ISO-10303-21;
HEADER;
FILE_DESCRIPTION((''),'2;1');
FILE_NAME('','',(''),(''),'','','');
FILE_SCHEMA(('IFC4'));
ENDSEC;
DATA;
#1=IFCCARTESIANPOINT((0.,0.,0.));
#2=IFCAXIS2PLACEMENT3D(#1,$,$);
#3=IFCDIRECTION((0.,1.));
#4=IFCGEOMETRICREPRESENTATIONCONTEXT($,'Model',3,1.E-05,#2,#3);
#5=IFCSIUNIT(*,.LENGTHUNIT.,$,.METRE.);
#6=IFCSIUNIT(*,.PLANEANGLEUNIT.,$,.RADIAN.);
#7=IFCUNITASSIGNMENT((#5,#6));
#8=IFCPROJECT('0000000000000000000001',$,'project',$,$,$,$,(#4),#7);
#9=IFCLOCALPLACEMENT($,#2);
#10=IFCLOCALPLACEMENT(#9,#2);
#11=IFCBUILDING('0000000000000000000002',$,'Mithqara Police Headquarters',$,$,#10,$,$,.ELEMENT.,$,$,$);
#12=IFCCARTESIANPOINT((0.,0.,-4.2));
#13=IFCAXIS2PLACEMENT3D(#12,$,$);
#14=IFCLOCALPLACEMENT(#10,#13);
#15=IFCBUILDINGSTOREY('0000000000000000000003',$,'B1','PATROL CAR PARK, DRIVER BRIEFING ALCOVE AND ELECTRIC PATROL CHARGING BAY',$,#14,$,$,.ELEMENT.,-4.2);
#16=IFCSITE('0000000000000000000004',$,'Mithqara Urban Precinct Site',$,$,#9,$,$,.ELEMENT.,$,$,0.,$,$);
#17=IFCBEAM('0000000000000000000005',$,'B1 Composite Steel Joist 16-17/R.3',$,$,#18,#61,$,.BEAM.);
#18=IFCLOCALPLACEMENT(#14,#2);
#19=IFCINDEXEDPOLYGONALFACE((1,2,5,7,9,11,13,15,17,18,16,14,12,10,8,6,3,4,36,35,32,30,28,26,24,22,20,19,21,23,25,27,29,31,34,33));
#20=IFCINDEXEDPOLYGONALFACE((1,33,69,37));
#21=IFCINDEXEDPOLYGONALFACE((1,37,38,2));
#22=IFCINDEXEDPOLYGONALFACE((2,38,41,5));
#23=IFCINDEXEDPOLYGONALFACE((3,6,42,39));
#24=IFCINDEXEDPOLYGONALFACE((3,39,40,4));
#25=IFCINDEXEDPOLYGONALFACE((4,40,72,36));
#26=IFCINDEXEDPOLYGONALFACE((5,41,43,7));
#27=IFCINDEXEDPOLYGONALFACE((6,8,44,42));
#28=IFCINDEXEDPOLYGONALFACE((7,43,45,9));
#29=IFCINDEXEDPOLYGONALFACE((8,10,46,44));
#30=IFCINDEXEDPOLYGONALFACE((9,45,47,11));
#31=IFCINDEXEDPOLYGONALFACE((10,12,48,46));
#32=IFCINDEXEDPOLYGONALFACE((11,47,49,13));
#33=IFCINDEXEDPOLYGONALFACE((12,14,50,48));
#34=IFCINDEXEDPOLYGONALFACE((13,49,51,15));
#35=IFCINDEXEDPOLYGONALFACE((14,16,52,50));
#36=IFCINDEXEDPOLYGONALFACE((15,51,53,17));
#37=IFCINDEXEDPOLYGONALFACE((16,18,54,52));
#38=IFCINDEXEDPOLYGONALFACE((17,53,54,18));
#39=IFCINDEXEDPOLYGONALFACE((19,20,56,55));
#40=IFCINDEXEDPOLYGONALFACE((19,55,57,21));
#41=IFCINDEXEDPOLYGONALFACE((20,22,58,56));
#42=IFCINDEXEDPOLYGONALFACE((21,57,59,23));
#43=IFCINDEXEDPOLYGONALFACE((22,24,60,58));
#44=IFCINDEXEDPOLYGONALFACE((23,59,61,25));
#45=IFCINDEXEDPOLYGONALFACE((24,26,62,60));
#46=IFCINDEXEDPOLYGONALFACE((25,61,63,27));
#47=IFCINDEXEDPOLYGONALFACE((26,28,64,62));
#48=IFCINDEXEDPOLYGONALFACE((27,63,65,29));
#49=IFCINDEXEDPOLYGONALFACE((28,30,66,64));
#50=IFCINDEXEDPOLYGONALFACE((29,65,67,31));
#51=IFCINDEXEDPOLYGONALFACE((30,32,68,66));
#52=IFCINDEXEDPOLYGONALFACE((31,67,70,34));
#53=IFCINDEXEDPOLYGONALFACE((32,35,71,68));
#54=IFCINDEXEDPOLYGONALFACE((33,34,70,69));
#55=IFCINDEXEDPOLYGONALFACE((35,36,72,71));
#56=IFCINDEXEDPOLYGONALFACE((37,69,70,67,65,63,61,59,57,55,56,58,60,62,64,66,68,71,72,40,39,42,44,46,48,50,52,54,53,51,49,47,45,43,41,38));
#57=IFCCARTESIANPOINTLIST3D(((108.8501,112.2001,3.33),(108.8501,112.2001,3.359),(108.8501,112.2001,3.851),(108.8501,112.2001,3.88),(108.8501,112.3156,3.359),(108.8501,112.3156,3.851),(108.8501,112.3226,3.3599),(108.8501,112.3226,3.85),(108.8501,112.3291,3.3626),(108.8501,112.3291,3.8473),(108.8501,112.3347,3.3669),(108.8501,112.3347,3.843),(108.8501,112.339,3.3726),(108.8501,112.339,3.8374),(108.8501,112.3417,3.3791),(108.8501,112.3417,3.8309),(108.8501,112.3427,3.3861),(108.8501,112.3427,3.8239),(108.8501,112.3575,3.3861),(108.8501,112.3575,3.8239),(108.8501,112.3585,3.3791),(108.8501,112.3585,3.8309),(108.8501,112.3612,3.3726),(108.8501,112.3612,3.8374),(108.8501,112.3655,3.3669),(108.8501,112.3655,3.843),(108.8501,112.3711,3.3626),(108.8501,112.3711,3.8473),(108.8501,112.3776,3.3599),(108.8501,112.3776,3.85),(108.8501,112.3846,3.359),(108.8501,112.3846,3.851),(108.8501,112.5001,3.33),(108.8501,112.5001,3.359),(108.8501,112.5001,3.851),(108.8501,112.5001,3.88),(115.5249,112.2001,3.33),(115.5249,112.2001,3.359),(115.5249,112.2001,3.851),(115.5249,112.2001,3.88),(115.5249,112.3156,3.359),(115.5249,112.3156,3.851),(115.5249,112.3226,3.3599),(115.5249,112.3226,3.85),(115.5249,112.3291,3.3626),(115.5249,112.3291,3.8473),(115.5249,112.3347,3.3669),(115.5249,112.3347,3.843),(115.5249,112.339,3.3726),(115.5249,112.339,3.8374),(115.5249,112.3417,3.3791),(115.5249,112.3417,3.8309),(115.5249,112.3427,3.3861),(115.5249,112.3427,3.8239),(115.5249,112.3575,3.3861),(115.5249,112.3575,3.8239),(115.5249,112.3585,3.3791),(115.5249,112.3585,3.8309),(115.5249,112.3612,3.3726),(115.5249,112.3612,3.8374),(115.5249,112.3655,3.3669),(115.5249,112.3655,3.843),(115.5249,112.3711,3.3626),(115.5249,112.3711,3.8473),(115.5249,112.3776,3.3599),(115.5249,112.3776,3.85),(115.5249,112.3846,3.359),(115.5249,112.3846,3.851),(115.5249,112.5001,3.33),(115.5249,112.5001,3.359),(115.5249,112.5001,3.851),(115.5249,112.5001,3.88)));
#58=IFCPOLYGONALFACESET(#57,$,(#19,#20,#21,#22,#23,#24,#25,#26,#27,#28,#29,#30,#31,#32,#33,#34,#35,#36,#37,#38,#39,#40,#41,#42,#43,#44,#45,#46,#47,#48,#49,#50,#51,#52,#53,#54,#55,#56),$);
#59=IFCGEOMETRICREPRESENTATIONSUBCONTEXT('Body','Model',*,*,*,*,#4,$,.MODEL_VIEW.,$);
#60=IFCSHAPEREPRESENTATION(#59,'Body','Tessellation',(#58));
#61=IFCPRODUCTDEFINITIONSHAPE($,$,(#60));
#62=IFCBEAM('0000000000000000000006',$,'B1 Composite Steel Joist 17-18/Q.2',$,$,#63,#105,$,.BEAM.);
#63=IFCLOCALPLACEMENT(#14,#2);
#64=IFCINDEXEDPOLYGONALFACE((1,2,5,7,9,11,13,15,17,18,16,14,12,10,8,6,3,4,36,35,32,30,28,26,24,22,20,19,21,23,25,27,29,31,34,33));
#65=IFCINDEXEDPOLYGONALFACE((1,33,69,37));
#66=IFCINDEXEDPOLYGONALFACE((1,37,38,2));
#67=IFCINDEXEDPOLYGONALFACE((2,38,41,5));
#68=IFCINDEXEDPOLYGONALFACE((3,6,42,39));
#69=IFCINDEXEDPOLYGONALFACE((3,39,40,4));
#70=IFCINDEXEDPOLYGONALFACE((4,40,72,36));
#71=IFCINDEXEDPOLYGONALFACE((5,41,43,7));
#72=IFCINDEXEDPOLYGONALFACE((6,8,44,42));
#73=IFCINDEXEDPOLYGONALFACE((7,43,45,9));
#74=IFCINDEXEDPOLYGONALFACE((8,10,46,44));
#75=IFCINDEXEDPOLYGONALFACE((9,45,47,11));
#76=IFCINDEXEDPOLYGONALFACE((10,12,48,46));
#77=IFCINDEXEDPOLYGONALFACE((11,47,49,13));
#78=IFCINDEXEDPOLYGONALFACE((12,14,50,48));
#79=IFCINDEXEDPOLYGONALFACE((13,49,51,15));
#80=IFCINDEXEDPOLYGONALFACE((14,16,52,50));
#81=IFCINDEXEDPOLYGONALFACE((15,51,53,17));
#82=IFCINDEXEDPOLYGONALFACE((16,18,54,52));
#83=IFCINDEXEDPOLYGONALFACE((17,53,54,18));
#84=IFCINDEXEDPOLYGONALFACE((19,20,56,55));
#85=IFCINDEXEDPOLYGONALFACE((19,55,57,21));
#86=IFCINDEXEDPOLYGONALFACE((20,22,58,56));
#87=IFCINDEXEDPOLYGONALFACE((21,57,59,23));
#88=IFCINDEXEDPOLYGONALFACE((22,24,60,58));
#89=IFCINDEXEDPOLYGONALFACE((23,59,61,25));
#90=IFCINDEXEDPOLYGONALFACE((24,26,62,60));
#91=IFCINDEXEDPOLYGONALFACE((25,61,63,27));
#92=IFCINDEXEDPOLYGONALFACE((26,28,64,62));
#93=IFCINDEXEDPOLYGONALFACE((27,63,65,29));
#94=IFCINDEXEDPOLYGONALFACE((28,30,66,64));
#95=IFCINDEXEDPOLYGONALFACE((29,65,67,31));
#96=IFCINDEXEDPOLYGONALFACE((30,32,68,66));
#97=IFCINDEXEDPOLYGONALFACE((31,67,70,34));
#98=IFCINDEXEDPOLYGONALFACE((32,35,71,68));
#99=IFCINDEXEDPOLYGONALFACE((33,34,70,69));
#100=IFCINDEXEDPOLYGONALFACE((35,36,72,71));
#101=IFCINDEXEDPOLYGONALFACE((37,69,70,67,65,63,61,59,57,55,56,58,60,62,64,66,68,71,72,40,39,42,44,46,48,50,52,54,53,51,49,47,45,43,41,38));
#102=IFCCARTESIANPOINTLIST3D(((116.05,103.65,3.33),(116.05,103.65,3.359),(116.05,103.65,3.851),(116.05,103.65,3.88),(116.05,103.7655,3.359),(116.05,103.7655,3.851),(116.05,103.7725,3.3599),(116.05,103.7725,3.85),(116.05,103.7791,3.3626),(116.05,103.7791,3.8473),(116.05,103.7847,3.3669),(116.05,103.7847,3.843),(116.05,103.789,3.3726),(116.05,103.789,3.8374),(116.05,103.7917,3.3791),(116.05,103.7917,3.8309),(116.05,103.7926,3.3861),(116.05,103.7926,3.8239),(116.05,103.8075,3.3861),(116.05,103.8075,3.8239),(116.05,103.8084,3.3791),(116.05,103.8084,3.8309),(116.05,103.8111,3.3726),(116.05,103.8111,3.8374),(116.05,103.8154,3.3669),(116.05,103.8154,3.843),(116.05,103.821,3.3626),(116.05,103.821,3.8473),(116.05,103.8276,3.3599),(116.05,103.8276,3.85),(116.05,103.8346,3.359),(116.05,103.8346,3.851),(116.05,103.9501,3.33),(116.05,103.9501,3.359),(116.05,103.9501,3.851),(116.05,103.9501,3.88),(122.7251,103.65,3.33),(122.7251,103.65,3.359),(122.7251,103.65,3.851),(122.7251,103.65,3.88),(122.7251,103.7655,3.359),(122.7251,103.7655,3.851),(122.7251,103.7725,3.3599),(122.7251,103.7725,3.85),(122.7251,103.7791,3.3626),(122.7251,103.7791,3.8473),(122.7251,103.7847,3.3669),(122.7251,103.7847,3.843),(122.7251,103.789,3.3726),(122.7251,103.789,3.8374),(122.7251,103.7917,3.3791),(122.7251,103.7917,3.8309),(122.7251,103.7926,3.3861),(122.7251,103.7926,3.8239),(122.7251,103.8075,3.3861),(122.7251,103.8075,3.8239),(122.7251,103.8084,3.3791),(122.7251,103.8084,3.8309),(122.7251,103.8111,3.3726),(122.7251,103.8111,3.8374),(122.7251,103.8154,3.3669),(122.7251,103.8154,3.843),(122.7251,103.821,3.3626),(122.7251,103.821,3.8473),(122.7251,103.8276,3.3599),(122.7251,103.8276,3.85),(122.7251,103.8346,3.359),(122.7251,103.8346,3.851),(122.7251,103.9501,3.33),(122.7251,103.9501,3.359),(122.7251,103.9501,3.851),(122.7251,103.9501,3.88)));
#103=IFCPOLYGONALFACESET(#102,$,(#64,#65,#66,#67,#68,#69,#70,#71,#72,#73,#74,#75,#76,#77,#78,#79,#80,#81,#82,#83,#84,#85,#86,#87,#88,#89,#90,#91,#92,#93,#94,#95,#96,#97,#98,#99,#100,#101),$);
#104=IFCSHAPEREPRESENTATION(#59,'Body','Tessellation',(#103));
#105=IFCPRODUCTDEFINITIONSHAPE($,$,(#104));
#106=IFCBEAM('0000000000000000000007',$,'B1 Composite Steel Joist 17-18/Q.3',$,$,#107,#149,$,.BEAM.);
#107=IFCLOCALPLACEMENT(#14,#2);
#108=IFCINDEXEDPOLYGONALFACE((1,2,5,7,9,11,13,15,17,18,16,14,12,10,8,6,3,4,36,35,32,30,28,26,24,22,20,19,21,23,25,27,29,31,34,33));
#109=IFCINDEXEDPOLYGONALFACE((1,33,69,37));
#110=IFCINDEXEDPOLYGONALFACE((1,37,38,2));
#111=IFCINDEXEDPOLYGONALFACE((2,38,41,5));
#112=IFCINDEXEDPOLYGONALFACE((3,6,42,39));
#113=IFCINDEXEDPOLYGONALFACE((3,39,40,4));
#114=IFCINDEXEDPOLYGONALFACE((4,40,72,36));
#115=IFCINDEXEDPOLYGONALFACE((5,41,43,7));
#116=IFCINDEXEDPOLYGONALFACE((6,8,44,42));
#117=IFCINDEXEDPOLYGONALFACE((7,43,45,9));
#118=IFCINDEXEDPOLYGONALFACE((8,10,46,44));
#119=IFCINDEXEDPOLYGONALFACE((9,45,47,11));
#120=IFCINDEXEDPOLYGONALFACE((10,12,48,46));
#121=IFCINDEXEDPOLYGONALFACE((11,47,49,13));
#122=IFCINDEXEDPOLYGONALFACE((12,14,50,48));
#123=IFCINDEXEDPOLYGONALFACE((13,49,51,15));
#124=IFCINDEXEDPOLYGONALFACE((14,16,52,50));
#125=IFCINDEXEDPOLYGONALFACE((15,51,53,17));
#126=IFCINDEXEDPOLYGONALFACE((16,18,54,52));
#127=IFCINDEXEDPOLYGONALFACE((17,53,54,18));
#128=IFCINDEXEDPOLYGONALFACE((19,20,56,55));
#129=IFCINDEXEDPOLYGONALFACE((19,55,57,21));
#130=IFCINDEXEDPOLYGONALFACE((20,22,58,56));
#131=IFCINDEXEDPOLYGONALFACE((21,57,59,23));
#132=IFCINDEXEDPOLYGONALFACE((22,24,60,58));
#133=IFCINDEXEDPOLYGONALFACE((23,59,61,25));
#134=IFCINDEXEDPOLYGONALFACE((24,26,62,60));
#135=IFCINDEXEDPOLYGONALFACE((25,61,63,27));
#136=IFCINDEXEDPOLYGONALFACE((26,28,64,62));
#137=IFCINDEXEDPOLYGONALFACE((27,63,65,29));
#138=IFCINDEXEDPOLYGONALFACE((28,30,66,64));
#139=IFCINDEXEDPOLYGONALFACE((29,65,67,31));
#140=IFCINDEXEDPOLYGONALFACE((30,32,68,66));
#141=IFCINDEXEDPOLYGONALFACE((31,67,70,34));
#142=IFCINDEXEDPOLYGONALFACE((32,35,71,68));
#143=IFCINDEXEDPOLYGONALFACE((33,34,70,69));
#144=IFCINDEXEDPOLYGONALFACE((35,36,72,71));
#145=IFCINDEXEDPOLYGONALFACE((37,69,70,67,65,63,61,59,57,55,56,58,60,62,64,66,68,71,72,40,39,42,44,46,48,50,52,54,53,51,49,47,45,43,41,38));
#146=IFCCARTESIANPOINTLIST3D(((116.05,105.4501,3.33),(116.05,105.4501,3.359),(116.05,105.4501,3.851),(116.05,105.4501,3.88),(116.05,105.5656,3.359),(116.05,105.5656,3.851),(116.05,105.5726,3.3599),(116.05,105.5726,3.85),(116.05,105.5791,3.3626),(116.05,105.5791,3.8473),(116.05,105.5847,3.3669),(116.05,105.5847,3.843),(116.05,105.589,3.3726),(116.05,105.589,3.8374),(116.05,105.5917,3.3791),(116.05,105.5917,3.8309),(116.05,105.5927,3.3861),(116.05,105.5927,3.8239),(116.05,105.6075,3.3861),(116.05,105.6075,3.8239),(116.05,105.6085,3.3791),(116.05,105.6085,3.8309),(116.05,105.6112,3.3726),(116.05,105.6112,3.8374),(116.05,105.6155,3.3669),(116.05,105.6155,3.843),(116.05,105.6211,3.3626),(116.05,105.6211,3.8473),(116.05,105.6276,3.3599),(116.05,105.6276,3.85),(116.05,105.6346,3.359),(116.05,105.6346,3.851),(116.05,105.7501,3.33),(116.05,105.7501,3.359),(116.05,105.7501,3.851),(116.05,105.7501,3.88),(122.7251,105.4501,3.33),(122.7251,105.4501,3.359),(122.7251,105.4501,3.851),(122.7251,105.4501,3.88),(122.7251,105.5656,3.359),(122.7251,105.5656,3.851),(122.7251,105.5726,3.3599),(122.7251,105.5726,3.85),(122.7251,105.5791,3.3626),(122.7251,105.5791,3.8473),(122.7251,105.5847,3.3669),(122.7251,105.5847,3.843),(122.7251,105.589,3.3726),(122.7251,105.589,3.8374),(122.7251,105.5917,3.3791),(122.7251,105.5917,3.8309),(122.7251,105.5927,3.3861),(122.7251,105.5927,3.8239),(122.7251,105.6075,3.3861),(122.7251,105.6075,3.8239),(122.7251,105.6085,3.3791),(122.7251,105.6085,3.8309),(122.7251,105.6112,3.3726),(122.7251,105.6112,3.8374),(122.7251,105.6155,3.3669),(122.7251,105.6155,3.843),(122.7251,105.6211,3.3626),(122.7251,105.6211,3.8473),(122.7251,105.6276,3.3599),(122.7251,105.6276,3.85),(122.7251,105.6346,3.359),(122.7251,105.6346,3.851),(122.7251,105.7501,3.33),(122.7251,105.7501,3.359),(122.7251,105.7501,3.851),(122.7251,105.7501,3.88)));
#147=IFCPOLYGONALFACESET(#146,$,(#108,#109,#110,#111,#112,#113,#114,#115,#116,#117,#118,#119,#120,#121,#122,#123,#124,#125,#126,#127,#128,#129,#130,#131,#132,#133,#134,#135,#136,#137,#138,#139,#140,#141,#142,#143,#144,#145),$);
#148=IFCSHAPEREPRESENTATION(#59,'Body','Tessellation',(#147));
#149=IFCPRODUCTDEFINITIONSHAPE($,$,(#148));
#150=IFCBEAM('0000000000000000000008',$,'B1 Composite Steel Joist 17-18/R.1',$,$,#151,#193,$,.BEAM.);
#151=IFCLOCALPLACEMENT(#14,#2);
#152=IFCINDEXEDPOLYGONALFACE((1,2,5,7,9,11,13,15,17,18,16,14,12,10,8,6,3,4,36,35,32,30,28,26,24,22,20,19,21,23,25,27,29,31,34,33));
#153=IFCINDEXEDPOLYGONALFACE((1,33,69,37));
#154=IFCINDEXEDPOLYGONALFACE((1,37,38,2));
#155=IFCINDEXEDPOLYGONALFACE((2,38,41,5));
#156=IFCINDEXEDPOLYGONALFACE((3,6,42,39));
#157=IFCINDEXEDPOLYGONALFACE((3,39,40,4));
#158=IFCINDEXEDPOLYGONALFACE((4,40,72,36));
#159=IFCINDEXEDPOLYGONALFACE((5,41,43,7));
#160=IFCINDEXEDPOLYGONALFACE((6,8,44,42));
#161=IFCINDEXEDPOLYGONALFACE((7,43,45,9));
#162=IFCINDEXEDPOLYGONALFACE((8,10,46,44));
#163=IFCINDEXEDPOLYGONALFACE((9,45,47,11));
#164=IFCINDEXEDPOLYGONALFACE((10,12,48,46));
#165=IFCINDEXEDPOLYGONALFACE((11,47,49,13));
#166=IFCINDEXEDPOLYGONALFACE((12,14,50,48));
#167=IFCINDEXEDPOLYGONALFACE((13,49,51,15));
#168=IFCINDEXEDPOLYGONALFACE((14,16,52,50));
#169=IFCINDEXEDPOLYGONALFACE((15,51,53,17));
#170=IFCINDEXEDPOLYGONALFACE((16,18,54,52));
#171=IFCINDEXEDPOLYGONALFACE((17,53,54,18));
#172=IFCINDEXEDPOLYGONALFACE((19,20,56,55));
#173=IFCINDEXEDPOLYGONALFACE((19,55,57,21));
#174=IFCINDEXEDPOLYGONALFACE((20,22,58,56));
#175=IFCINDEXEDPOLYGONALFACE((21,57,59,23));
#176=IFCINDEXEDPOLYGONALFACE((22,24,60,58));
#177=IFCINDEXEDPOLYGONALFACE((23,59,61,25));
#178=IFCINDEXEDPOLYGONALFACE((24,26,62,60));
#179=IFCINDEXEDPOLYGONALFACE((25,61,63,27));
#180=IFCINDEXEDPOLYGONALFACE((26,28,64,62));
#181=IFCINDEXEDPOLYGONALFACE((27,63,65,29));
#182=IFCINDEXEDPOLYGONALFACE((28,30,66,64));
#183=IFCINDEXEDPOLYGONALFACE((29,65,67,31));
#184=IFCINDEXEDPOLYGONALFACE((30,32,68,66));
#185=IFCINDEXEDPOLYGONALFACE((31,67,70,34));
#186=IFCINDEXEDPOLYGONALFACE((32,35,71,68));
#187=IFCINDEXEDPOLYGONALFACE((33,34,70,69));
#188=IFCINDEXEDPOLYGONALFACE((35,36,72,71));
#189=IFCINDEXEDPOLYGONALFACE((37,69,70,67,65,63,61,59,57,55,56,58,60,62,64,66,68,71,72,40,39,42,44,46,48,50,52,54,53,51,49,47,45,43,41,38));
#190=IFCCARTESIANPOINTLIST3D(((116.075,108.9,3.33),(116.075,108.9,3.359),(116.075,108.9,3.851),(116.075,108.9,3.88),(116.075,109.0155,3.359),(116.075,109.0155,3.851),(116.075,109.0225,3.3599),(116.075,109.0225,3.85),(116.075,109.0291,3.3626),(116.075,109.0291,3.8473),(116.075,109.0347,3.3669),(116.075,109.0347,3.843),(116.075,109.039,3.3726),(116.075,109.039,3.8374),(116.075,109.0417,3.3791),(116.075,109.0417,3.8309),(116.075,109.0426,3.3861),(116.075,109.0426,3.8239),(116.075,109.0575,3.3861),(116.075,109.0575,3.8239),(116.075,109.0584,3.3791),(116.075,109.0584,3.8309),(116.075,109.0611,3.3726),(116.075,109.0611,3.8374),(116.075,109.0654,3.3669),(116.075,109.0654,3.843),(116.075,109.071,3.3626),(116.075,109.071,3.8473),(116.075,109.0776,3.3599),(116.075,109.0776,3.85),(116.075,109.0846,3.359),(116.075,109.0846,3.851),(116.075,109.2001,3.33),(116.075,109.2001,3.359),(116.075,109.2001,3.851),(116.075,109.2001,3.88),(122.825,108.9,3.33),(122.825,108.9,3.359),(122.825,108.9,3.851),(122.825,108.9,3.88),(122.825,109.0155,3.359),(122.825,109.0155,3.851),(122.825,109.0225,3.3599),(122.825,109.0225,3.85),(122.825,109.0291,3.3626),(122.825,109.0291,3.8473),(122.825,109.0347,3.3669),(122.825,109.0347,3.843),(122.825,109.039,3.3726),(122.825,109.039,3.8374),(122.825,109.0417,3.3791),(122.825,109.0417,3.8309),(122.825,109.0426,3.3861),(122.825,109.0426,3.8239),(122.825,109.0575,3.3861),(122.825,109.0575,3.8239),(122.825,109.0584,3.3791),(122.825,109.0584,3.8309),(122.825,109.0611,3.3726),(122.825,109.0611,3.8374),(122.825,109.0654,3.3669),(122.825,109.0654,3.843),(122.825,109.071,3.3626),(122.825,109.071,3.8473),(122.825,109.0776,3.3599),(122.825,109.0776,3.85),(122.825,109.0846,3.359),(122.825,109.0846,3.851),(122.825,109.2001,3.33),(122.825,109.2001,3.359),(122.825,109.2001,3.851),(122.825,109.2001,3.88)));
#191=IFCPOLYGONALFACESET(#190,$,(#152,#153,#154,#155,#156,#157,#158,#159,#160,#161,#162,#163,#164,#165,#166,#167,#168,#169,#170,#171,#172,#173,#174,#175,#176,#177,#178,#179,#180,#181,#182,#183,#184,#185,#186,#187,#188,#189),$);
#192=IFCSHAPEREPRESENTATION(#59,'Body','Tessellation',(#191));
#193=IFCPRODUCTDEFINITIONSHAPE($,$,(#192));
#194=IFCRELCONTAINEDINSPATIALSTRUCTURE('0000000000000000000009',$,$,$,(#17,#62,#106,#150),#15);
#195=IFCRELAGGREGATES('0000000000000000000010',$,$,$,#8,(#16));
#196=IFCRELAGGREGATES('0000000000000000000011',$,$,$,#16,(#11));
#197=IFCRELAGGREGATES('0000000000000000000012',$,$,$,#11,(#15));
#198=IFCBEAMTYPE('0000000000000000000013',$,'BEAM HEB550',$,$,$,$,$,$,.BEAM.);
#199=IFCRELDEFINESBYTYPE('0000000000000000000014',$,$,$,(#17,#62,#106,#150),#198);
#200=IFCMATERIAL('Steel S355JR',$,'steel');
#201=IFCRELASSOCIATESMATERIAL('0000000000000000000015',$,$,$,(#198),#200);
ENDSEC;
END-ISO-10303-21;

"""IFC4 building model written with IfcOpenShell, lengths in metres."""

from ifc_helpers import new_model, si_unit, direction, frame, origin, origin_2d, place, context, subcontext, project, spatial, i_section, extrude, material, material_profile, profile_set, type_object, element, save


model = new_model("IFC4")

# Units and contexts
model_context = context("Model", 3, precision=1e-05, world=origin(), true_north=direction((0.0, 1.0)))
body_context = subcontext(model_context, "Body", "Model", "MODEL_VIEW")
ifc_project = project(units=[si_unit("LENGTHUNIT", "METRE"), si_unit("PLANEANGLEUNIT", "RADIAN")], contexts=[model_context])

# Site, building, storey
site_placement = place(None, origin())
site = spatial("IfcSite", under=ifc_project, at=site_placement, Name="Mithqara Urban Precinct Site", CompositionType="ELEMENT", RefElevation=0.0)
building_placement = place(site_placement, origin())
building = spatial("IfcBuilding", under=site, at=building_placement, Name="Mithqara Police Headquarters", CompositionType="ELEMENT")
storey_placement = place(building_placement, frame((0.0, 0.0, -4.2)))
storey = spatial("IfcBuildingStorey", under=building, at=storey_placement, Name="B1", Description="PATROL CAR PARK, DRIVER BRIEFING ALCOVE AND ELECTRIC PATROL CHARGING BAY", CompositionType="ELEMENT", Elevation=-4.2)

# Beams
ifc_material_1 = material(Name="Steel S355JR", Category="steel")
ifc_material_profile_1 = material_profile(ifc_material_1, i_section(OverallWidth=0.3, OverallDepth=0.55, WebThickness=0.0149, FlangeThickness=0.0291, FilletRadius=0.0271, at=origin_2d()), Name="HEB 550")
ifc_profile_set_1 = profile_set([ifc_material_profile_1], Name="Steel S355JR")
beam_type_1 = type_object("IfcBeamType", Name="BEAM HEB550", PredefinedType="BEAM", material=ifc_profile_set_1)
for number, where, z_axis, x_axis, name in (
    (1, (108.8501, 112.3501, 3.605), (1.0, 0.0, 0.0), (0.0, 1.0, 0.0), "B1 Composite Steel Joist 16-17/R.3"),
):
    element("IfcBeam", number, at=place(storey_placement, frame(where, z_axis=z_axis, x_axis=x_axis)), inside=storey, type_object=beam_type_1, Name=name, PredefinedType="BEAM", context=body_context, shape_type="SweptSolid", body=[
        extrude(i_section(OverallWidth=0.3, OverallDepth=0.55, WebThickness=0.0149, FlangeThickness=0.0291, FilletRadius=0.0271, at=origin_2d()), origin(), (0.0, 0.0, 1.0), 6.6748),
    ])
for number, where, z_axis, x_axis, name in (
    (2, (116.05, 103.8, 3.605), (1.0, 0.0, 0.0), (0.0, 1.0, 0.0), "B1 Composite Steel Joist 17-18/Q.2"),
    (3, (116.05, 105.6001, 3.605), (1.0, 0.0, 0.0), (0.0, 1.0, 0.0), "B1 Composite Steel Joist 17-18/Q.3"),
):
    element("IfcBeam", number, at=place(storey_placement, frame(where, z_axis=z_axis, x_axis=x_axis)), inside=storey, type_object=beam_type_1, Name=name, PredefinedType="BEAM", context=body_context, shape_type="SweptSolid", body=[
        extrude(i_section(OverallWidth=0.3, OverallDepth=0.55, WebThickness=0.0149, FlangeThickness=0.0291, FilletRadius=0.0271, at=origin_2d()), origin(), (0.0, 0.0, 1.0), 6.675),
    ])
for number, where, z_axis, x_axis, name in (
    (4, (116.075, 109.05, 3.605), (1.0, 0.0, 0.0), (0.0, 1.0, 0.0), "B1 Composite Steel Joist 17-18/R.1"),
):
    element("IfcBeam", number, at=place(storey_placement, frame(where, z_axis=z_axis, x_axis=x_axis)), inside=storey, type_object=beam_type_1, Name=name, PredefinedType="BEAM", context=body_context, shape_type="SweptSolid", body=[
        extrude(i_section(OverallWidth=0.3, OverallDepth=0.55, WebThickness=0.0149, FlangeThickness=0.0291, FilletRadius=0.0271, at=origin_2d()), origin(), (0.0, 0.0, 1.0), 6.75),
    ])

save(model, "model.ifc")
